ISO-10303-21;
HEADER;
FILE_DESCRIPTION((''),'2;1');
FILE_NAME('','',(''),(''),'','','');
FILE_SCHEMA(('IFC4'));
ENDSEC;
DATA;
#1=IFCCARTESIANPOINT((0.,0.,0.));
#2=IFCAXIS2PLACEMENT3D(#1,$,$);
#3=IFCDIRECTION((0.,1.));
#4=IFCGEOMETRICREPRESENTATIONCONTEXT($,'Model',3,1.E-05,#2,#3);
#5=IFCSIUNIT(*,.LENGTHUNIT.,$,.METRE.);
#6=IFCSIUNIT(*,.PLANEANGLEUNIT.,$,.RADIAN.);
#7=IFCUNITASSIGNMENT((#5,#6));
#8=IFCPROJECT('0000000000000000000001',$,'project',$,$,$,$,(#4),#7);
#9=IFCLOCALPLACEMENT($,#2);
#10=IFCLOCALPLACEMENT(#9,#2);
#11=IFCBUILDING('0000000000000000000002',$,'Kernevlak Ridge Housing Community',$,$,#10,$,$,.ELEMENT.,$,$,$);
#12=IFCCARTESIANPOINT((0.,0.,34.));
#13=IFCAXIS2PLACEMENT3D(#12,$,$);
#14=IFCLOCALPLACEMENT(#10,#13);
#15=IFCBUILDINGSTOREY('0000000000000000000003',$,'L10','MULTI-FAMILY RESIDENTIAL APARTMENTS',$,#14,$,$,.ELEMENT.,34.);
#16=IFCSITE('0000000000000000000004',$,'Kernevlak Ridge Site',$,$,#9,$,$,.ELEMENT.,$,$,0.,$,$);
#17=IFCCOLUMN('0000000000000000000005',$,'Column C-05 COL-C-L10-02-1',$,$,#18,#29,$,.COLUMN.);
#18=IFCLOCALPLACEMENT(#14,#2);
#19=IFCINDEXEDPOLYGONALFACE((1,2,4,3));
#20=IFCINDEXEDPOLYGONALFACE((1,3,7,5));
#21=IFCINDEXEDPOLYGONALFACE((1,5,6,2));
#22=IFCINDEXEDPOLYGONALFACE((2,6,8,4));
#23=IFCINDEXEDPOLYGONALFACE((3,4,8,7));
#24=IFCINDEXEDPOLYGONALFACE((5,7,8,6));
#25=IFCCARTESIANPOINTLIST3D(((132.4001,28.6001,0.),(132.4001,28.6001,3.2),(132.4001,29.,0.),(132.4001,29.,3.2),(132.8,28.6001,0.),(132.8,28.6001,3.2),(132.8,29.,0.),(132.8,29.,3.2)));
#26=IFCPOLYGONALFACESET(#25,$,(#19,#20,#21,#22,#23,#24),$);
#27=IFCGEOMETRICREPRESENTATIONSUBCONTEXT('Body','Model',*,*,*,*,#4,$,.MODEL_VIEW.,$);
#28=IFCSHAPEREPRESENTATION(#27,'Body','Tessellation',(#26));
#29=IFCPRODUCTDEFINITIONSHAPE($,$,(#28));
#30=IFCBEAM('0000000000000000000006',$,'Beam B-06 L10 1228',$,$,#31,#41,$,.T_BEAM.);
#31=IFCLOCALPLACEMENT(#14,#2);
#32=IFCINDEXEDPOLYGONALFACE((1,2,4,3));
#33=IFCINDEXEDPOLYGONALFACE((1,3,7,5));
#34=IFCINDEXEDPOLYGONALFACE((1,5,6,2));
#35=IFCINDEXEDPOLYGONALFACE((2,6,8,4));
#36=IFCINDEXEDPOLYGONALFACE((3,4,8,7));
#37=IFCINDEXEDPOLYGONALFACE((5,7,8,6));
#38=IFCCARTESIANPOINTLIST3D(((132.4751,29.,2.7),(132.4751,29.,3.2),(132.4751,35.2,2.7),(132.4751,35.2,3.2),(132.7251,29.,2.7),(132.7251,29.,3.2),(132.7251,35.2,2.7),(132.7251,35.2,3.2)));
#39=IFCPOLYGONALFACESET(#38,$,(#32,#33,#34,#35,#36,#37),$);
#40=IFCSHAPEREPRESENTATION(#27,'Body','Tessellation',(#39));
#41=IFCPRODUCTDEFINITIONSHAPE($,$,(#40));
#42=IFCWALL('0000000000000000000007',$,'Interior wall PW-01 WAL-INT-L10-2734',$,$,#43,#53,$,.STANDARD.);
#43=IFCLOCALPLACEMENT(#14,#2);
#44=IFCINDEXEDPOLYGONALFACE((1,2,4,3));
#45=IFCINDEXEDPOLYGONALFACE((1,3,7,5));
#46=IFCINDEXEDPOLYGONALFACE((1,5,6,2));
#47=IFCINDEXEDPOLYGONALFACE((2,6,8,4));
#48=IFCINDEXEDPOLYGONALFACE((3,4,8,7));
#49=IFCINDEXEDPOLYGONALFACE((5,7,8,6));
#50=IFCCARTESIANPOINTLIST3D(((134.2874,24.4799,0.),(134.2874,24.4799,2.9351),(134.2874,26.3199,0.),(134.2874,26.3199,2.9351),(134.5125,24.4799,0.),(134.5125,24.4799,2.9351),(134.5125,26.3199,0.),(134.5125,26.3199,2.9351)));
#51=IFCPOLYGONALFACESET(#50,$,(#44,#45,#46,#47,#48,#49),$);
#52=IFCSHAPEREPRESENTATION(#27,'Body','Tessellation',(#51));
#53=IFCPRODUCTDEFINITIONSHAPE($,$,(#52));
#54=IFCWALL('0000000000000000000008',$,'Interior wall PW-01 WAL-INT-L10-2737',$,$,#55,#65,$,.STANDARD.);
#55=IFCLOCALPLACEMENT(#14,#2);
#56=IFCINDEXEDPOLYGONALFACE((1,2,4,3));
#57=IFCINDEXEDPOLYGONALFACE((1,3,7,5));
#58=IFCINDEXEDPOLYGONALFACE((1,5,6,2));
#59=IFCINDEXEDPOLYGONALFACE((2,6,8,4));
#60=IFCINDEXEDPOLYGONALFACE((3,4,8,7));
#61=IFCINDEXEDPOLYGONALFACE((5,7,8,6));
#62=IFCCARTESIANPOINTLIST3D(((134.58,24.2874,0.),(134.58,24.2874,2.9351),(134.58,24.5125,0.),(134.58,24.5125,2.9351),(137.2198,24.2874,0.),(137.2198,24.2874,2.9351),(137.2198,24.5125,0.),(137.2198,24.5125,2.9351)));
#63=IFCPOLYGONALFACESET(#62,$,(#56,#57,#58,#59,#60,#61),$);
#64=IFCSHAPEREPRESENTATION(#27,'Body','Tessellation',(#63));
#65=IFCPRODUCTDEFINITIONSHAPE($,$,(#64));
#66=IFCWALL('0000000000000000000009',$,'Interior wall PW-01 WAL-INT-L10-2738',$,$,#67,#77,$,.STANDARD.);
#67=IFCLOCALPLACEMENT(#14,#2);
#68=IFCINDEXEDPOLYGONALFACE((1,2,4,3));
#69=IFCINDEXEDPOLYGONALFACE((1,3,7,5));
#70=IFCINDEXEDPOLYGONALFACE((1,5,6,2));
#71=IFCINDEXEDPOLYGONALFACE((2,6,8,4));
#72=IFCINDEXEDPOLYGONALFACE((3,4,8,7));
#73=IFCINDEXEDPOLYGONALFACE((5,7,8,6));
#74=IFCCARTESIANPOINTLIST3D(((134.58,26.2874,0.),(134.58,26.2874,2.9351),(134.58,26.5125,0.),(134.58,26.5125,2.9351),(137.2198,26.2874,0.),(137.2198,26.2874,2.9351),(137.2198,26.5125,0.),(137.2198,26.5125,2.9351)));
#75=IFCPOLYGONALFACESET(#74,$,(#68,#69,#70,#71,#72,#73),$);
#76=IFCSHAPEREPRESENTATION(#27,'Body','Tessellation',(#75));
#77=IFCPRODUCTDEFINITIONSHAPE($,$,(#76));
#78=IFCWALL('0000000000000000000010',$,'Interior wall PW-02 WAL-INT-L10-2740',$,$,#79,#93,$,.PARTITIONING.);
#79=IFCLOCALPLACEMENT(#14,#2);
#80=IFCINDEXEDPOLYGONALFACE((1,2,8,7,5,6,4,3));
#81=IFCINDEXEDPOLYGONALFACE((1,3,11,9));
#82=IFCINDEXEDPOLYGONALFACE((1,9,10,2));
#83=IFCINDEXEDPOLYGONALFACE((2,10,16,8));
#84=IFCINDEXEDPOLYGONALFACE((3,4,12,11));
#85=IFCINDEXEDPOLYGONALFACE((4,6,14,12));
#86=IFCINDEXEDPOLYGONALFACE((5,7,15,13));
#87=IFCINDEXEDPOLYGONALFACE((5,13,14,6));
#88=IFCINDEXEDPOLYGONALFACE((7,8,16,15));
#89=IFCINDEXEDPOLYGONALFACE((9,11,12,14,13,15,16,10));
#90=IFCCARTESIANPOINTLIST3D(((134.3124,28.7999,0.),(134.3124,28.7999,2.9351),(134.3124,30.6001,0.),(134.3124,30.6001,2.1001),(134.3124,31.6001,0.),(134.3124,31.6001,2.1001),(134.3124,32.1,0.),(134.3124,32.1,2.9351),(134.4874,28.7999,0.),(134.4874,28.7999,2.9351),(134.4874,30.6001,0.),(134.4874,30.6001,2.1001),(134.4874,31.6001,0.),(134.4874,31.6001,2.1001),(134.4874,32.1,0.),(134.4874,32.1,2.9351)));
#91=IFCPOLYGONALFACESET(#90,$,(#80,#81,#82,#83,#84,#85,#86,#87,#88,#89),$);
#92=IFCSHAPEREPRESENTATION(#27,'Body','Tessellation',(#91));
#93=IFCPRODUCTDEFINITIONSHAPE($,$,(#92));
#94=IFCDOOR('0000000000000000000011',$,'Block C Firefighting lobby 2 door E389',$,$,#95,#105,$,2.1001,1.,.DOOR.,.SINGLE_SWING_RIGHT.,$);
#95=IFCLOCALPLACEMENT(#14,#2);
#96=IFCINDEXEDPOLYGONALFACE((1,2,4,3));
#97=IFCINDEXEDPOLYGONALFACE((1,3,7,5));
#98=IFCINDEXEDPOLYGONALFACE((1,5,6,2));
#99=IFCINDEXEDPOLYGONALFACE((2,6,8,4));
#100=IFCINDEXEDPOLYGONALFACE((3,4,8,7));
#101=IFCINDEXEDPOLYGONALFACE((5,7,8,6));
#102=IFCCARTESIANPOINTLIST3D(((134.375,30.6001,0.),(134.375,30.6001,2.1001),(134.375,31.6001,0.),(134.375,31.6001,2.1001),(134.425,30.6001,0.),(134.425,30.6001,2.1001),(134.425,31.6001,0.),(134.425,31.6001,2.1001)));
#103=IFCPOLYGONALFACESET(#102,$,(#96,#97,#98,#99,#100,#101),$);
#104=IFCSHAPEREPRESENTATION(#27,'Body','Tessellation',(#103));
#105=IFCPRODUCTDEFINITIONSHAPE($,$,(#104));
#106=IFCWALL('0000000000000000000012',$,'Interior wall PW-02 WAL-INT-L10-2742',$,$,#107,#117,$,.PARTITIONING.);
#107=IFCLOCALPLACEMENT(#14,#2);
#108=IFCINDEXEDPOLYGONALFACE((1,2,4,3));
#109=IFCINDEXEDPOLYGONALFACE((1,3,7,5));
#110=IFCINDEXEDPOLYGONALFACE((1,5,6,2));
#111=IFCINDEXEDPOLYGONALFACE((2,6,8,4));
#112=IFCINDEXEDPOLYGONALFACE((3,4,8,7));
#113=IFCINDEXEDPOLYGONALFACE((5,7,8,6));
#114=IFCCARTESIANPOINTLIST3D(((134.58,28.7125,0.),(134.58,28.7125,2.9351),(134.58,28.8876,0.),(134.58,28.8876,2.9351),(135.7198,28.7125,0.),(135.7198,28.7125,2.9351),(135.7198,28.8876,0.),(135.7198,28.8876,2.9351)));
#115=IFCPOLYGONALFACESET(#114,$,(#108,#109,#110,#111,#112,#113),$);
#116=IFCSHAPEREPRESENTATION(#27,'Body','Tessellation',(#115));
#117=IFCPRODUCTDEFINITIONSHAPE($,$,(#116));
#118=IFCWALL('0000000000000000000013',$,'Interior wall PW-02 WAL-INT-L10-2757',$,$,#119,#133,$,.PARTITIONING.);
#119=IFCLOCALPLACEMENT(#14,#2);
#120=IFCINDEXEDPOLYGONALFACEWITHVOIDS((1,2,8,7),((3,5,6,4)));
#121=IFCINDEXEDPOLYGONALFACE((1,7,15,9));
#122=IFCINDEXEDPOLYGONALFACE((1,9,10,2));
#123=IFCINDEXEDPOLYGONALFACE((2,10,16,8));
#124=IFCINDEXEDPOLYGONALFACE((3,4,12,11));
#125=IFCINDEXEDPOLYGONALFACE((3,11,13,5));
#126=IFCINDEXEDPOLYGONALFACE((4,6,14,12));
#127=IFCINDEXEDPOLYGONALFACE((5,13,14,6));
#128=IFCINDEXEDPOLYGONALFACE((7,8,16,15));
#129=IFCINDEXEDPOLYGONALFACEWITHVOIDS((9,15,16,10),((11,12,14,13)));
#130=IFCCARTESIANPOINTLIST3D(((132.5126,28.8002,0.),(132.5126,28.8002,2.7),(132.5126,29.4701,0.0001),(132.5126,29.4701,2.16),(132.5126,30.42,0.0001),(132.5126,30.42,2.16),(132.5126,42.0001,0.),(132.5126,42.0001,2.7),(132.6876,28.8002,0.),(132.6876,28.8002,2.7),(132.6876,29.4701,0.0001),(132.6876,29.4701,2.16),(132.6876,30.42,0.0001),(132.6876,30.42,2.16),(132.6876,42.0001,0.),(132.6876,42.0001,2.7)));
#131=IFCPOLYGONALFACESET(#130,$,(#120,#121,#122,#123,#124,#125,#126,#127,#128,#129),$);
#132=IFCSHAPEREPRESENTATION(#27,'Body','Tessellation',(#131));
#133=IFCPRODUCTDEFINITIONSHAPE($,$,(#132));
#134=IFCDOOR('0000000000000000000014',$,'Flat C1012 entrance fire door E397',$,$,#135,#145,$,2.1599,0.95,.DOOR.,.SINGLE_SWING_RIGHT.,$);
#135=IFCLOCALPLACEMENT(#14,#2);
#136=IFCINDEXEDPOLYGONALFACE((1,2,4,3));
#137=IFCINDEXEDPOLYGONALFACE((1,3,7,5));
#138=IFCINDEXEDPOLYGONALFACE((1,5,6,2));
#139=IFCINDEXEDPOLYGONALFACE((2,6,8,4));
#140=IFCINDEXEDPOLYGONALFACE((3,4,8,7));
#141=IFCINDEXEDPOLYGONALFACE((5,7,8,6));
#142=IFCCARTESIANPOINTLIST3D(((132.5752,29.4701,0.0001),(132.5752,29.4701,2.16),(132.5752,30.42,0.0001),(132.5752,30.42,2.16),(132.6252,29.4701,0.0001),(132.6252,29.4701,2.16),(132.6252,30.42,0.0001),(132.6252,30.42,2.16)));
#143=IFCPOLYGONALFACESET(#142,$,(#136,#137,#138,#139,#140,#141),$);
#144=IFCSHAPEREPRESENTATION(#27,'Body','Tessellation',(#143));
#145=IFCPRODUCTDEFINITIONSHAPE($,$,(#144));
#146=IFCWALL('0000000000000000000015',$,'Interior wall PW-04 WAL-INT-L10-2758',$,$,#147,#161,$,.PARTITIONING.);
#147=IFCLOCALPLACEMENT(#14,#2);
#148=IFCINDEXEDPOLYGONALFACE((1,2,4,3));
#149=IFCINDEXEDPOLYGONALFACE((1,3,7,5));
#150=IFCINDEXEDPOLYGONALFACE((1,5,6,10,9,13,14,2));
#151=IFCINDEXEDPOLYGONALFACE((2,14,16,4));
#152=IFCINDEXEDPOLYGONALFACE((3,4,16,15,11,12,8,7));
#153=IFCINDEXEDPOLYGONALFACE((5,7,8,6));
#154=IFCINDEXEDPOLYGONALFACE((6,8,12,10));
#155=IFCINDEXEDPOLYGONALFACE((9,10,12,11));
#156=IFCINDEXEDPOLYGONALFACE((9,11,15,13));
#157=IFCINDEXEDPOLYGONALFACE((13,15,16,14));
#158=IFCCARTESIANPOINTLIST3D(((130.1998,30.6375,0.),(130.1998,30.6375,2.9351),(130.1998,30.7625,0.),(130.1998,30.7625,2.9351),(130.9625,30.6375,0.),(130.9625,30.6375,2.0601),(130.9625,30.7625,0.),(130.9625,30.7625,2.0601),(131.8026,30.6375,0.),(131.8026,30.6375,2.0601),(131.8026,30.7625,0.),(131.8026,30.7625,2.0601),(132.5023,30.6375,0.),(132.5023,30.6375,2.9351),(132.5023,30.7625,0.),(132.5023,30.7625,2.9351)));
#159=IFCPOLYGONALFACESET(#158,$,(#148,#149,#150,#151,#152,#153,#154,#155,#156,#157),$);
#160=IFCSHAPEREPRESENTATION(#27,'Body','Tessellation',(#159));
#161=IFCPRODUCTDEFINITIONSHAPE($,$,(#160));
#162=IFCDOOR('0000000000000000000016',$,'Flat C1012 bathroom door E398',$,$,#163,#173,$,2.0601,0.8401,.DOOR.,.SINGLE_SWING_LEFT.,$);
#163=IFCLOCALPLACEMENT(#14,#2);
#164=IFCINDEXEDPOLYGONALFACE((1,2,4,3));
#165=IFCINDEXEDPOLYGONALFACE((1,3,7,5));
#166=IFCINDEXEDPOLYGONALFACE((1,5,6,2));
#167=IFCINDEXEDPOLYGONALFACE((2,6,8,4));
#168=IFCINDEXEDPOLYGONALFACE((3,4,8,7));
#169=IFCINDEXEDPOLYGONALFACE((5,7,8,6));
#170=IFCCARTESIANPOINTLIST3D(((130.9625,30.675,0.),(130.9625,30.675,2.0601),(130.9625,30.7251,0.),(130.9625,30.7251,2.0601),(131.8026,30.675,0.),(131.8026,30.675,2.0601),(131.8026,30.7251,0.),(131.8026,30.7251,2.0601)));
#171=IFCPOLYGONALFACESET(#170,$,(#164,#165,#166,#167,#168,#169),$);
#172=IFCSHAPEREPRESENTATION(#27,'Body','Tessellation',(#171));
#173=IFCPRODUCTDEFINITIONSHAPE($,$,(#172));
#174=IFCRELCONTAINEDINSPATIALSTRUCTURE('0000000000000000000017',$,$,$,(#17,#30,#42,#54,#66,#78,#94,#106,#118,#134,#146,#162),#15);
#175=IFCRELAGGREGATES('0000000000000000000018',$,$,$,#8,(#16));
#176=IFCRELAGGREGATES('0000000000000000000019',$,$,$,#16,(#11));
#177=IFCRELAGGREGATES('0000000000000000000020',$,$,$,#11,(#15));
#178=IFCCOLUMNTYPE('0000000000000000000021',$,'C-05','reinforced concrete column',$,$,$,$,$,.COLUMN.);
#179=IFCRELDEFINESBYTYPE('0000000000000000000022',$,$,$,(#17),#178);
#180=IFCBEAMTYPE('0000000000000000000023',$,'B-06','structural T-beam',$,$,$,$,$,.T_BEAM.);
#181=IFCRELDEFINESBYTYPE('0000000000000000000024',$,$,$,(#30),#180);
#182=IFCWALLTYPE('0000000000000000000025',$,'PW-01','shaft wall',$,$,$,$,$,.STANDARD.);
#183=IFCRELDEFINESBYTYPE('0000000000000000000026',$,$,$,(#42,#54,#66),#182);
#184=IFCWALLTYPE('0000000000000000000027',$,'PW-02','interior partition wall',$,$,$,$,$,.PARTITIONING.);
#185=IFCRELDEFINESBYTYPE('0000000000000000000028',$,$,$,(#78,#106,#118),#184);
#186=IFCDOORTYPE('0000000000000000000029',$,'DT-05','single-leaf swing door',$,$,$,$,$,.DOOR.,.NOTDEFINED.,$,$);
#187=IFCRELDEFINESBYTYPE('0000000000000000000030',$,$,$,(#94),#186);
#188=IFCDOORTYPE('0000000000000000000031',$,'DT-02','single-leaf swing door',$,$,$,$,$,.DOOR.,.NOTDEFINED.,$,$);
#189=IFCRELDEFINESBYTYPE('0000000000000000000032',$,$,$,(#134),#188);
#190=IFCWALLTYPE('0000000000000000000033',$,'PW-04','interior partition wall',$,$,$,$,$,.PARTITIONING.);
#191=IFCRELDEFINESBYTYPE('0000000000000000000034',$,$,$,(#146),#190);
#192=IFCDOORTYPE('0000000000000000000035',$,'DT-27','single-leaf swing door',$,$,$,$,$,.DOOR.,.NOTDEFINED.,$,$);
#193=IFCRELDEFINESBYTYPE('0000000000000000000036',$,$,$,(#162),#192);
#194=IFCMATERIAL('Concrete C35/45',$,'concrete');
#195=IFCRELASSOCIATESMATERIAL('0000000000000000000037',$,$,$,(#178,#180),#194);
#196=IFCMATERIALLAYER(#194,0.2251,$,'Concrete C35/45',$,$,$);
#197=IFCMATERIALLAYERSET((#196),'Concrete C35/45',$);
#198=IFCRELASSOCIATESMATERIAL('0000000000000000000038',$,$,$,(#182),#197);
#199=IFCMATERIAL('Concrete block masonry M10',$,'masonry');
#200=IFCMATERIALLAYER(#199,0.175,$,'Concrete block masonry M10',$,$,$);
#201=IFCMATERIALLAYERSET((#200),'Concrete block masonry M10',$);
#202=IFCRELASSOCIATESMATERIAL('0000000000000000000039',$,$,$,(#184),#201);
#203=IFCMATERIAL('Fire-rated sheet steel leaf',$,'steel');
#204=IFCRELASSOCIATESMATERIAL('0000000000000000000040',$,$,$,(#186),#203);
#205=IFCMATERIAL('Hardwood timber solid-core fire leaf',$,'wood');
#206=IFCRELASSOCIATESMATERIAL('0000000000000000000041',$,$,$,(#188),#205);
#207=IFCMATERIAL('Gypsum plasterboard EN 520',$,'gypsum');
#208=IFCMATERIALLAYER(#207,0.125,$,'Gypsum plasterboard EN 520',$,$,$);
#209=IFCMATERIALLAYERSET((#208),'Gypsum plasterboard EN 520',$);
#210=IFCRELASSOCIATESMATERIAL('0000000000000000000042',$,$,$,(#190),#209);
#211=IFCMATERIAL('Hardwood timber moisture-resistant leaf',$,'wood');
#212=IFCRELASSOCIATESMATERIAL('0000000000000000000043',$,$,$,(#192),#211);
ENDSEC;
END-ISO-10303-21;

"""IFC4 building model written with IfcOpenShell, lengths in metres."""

from ifc_helpers import new_model, si_unit, direction, frame, frame_2d, origin, origin_2d, place, context, subcontext, project, spatial, rectangle, extrude, material, layer, layer_set, material_profile, profile_set, type_object, element, fill, save


model = new_model("IFC4")

# Units and contexts
model_context = context("Model", 3, precision=1e-05, world=origin(), true_north=direction((0.0, 1.0)))
body_context = subcontext(model_context, "Body", "Model", "MODEL_VIEW")
ifc_project = project(units=[si_unit("LENGTHUNIT", "METRE"), si_unit("PLANEANGLEUNIT", "RADIAN")], contexts=[model_context])

# Site, building, storey
site_placement = place(None, origin())
site = spatial("IfcSite", under=ifc_project, at=site_placement, Name="Kernevlak Ridge Site", CompositionType="ELEMENT", RefElevation=0.0)
building_placement = place(site_placement, origin())
building = spatial("IfcBuilding", under=site, at=building_placement, Name="Kernevlak Ridge Housing Community", CompositionType="ELEMENT")
storey_placement = place(building_placement, frame((0.0, 0.0, 34.0)))
storey = spatial("IfcBuildingStorey", under=building, at=storey_placement, Name="L10", Description="MULTI-FAMILY RESIDENTIAL APARTMENTS", CompositionType="ELEMENT", Elevation=34.0)

# Column
ifc_material_1 = material(Name="Concrete C35/45", Category="concrete")
ifc_material_profile_1 = material_profile(ifc_material_1, rectangle(XDim=0.3999, YDim=0.3999, at=origin_2d()), Name="RC 400x400")
ifc_profile_set_1 = profile_set([ifc_material_profile_1], Name="Concrete C35/45")
column_type = type_object("IfcColumnType", Name="C-05", Description="reinforced concrete column", PredefinedType="COLUMN", material=ifc_profile_set_1)
column_placement = place(storey_placement, frame((132.6001, 28.8, 0.0), z_axis=(0.0, 0.0, 1.0), x_axis=(1.0, 0.0, 0.0)))
element("IfcColumn", 1, at=column_placement, inside=storey, type_object=column_type, Name="Column C-05 COL-C-L10-02-1", PredefinedType="COLUMN", context=body_context, shape_type="SweptSolid", body=[
    extrude(rectangle(XDim=0.3999, YDim=0.3999, at=origin_2d()), origin(), (0.0, 0.0, 1.0), 3.2),
])

# Beam
ifc_material_profile_2 = material_profile(ifc_material_1, rectangle(XDim=0.25, YDim=0.5, at=origin_2d()), Name="RC 250x500")
ifc_profile_set_2 = profile_set([ifc_material_profile_2], Name="Concrete C35/45")
beam_type = type_object("IfcBeamType", Name="B-06", Description="structural T-beam", PredefinedType="T_BEAM", material=ifc_profile_set_2)
beam_placement = place(storey_placement, frame((132.6001, 29.0, 2.95), z_axis=(0.0, 1.0, 0.0), x_axis=(-1.0, 0.0, 0.0)))
element("IfcBeam", 2, at=beam_placement, inside=storey, type_object=beam_type, Name="Beam B-06 L10 1228", PredefinedType="T_BEAM", context=body_context, shape_type="SweptSolid", body=[
    extrude(rectangle(XDim=0.25, YDim=0.5, at=origin_2d()), origin(), (0.0, 0.0, 1.0), 6.2),
])

# Walls
ifc_layer_1 = layer(ifc_material_1, 0.2251, Name="Concrete C35/45")
ifc_layer_set_1 = layer_set([ifc_layer_1], Name="Concrete C35/45")
wall_type_1 = type_object("IfcWallType", Name="PW-01", Description="shaft wall", PredefinedType="STANDARD", material=ifc_layer_set_1)
wall_1_placement = place(storey_placement, frame((134.3999, 24.48, 0.0), z_axis=(0.0, 0.0, 1.0), x_axis=(0.0, 1.0, 0.0)))
element("IfcWall", 3, at=wall_1_placement, inside=storey, type_object=wall_type_1, Name="Interior wall PW-01 WAL-INT-L10-2734", PredefinedType="STANDARD", context=body_context, shape_type="SweptSolid", body=[
    extrude(rectangle(XDim=1.8401, YDim=0.2251, at=frame_2d((0.9199, 0.0))), origin(), (0.0, 0.0, 1.0), 2.9351),
])
for number, where, z_axis, x_axis, name in (
    (4, (134.5801, 24.3999, 0.0), (0.0, 0.0, 1.0), (1.0, 0.0, 0.0), "Interior wall PW-01 WAL-INT-L10-2737"),
    (5, (134.5801, 26.3999, 0.0), (0.0, 0.0, 1.0), (1.0, 0.0, 0.0), "Interior wall PW-01 WAL-INT-L10-2738"),
):
    element("IfcWall", number, at=place(storey_placement, frame(where, z_axis=z_axis, x_axis=x_axis)), inside=storey, type_object=wall_type_1, Name=name, PredefinedType="STANDARD", context=body_context, shape_type="SweptSolid", body=[
        extrude(rectangle(XDim=2.6399, YDim=0.2251, at=frame_2d((1.3198, 0.0))), origin(), (0.0, 0.0, 1.0), 2.9351),
    ])

# Wall, opening, door
ifc_material_2 = material(Name="Fire-rated sheet steel leaf", Category="steel")
ifc_material_3 = material(Name="Concrete block masonry M10", Category="masonry")
ifc_layer_2 = layer(ifc_material_3, 0.175, Name="Concrete block masonry M10")
ifc_layer_set_2 = layer_set([ifc_layer_2], Name="Concrete block masonry M10")
wall_type_2 = type_object("IfcWallType", Name="PW-02", Description="interior partition wall", PredefinedType="PARTITIONING", material=ifc_layer_set_2)
wall_2_placement = place(storey_placement, frame((134.3999, 28.8, 0.0), z_axis=(0.0, 0.0, 1.0), x_axis=(0.0, 1.0, 0.0)))
wall_2 = element("IfcWall", 6, at=wall_2_placement, inside=storey, type_object=wall_type_2, Name="Interior wall PW-02 WAL-INT-L10-2740", PredefinedType="PARTITIONING", context=body_context, shape_type="SweptSolid", body=[
    extrude(rectangle(XDim=3.3, YDim=0.175, at=frame_2d((1.6499, 0.0))), origin(), (0.0, 0.0, 1.0), 2.9351),
])
opening_1_placement = place(wall_2_placement, frame((1.8, 0.0, 0.0)))
opening_1 = element("IfcOpeningElement", 7, at=opening_1_placement, cuts=wall_2, PredefinedType="OPENING", context=body_context, shape_type="SweptSolid", body=[
    extrude(rectangle(XDim=1.0, YDim=2.1001, at=frame_2d((0.5, 1.05))), frame((0.0, 0.0974, 0.0), z_axis=(0.0, -1.0, 0.0), x_axis=(1.0, 0.0, 0.0)), (0.0, 0.0, 1.0), 0.1951),
])
door_type_1 = type_object("IfcDoorType", Name="DT-05", Description="single-leaf swing door", OperationType="NOTDEFINED", PredefinedType="DOOR", material=ifc_material_2)
door_1_placement = place(opening_1_placement, origin())
door_1 = element("IfcDoor", 8, at=door_1_placement, inside=storey, type_object=door_type_1, Name="Block C Firefighting lobby 2 door E389", OperationType="SINGLE_SWING_RIGHT", OverallHeight=2.1001, OverallWidth=1.0, PredefinedType="DOOR", context=body_context, shape_type="SweptSolid", body=[
    extrude(rectangle(XDim=1.0, YDim=2.1001, at=frame_2d((0.5, 1.05))), frame((0.0, 0.0249, 0.0), z_axis=(0.0, -1.0, 0.0), x_axis=(1.0, 0.0, 0.0)), (0.0, 0.0, 1.0), 0.05),
])
fill(opening_1, door_1)

# Wall
wall_3_placement = place(storey_placement, frame((134.5801, 28.8, 0.0), z_axis=(0.0, 0.0, 1.0), x_axis=(1.0, 0.0, 0.0)))
element("IfcWall", 9, at=wall_3_placement, inside=storey, type_object=wall_type_2, Name="Interior wall PW-02 WAL-INT-L10-2742", PredefinedType="PARTITIONING", context=body_context, shape_type="SweptSolid", body=[
    extrude(rectangle(XDim=1.1399, YDim=0.175, at=frame_2d((0.5698, 0.0))), origin(), (0.0, 0.0, 1.0), 2.9351),
])

# Walls, openings, doors
wall_4_placement = place(storey_placement, frame((132.6001, 28.8, 0.0), z_axis=(0.0, 0.0, 1.0), x_axis=(0.0, 1.0, 0.0)))
wall_4 = element("IfcWall", 10, at=wall_4_placement, inside=storey, type_object=wall_type_2, Name="Interior wall PW-02 WAL-INT-L10-2757", PredefinedType="PARTITIONING", context=body_context, shape_type="SweptSolid", body=[
    extrude(rectangle(XDim=13.2, YDim=0.175, at=frame_2d((6.6001, 0.0))), origin(), (0.0, 0.0, 1.0), 2.7),
])
opening_2_placement = place(wall_4_placement, frame((0.6699, 0.0, 0.0)))
opening_2 = element("IfcOpeningElement", 11, at=opening_2_placement, cuts=wall_4, PredefinedType="OPENING", context=body_context, shape_type="SweptSolid", body=[
    extrude(rectangle(XDim=0.95, YDim=2.1599, at=frame_2d((0.4751, 1.0801))), frame((0.0, 0.0974, 0.0), z_axis=(0.0, -1.0, 0.0), x_axis=(1.0, 0.0, 0.0)), (0.0, 0.0, 1.0), 0.1951),
])
ifc_material_4 = material(Name="Hardwood timber solid-core fire leaf", Category="wood")
door_type_2 = type_object("IfcDoorType", Name="DT-02", Description="single-leaf swing door", OperationType="NOTDEFINED", PredefinedType="DOOR", material=ifc_material_4)
door_2_placement = place(opening_2_placement, origin())
door_2 = element("IfcDoor", 12, at=door_2_placement, inside=storey, type_object=door_type_2, Name="Flat C1012 entrance fire door E397", OperationType="SINGLE_SWING_RIGHT", OverallHeight=2.1599, OverallWidth=0.95, PredefinedType="DOOR", context=body_context, shape_type="SweptSolid", body=[
    extrude(rectangle(XDim=0.95, YDim=2.1599, at=frame_2d((0.4751, 1.0801))), frame((0.0, 0.0249, 0.0), z_axis=(0.0, -1.0, 0.0), x_axis=(1.0, 0.0, 0.0)), (0.0, 0.0, 1.0), 0.05),
])
fill(opening_2, door_2)
ifc_material_5 = material(Name="Gypsum plasterboard EN 520", Category="gypsum")
ifc_layer_3 = layer(ifc_material_5, 0.125, Name="Gypsum plasterboard EN 520")
ifc_layer_set_3 = layer_set([ifc_layer_3], Name="Gypsum plasterboard EN 520")
wall_type_3 = type_object("IfcWallType", Name="PW-04", Description="interior partition wall", PredefinedType="PARTITIONING", material=ifc_layer_set_3)
wall_5_placement = place(storey_placement, frame((132.5024, 30.7, 0.0), z_axis=(0.0, 0.0, 1.0), x_axis=(-1.0, 0.0, 0.0)))
wall_5 = element("IfcWall", 13, at=wall_5_placement, inside=storey, type_object=wall_type_3, Name="Interior wall PW-04 WAL-INT-L10-2758", PredefinedType="PARTITIONING", context=body_context, shape_type="SweptSolid", body=[
    extrude(rectangle(XDim=2.3025, YDim=0.125, at=frame_2d((1.1514, 0.0))), origin(), (0.0, 0.0, 1.0), 2.9351),
])
opening_3_placement = place(wall_5_placement, frame((0.7, 0.0, 0.0)))
opening_3 = element("IfcOpeningElement", 14, at=opening_3_placement, cuts=wall_5, PredefinedType="OPENING", context=body_context, shape_type="SweptSolid", body=[
    extrude(rectangle(XDim=0.8401, YDim=2.0601, at=frame_2d((0.4199, 1.03))), frame((0.0, 0.0725, 0.0), z_axis=(0.0, -1.0, 0.0), x_axis=(1.0, 0.0, 0.0)), (0.0, 0.0, 1.0), 0.145),
])
ifc_material_6 = material(Name="Hardwood timber moisture-resistant leaf", Category="wood")
door_type_3 = type_object("IfcDoorType", Name="DT-27", Description="single-leaf swing door", OperationType="NOTDEFINED", PredefinedType="DOOR", material=ifc_material_6)
door_3_placement = place(opening_3_placement, origin())
door_3 = element("IfcDoor", 15, at=door_3_placement, inside=storey, type_object=door_type_3, Name="Flat C1012 bathroom door E398", OperationType="SINGLE_SWING_LEFT", OverallHeight=2.0601, OverallWidth=0.8401, PredefinedType="DOOR", context=body_context, shape_type="SweptSolid", body=[
    extrude(rectangle(XDim=0.8401, YDim=2.0601, at=frame_2d((0.4199, 1.03))), frame((0.0, 0.0249, 0.0), z_axis=(0.0, -1.0, 0.0), x_axis=(1.0, 0.0, 0.0)), (0.0, 0.0, 1.0), 0.05),
])
fill(opening_3, door_3)

save(model, "model.ifc")
